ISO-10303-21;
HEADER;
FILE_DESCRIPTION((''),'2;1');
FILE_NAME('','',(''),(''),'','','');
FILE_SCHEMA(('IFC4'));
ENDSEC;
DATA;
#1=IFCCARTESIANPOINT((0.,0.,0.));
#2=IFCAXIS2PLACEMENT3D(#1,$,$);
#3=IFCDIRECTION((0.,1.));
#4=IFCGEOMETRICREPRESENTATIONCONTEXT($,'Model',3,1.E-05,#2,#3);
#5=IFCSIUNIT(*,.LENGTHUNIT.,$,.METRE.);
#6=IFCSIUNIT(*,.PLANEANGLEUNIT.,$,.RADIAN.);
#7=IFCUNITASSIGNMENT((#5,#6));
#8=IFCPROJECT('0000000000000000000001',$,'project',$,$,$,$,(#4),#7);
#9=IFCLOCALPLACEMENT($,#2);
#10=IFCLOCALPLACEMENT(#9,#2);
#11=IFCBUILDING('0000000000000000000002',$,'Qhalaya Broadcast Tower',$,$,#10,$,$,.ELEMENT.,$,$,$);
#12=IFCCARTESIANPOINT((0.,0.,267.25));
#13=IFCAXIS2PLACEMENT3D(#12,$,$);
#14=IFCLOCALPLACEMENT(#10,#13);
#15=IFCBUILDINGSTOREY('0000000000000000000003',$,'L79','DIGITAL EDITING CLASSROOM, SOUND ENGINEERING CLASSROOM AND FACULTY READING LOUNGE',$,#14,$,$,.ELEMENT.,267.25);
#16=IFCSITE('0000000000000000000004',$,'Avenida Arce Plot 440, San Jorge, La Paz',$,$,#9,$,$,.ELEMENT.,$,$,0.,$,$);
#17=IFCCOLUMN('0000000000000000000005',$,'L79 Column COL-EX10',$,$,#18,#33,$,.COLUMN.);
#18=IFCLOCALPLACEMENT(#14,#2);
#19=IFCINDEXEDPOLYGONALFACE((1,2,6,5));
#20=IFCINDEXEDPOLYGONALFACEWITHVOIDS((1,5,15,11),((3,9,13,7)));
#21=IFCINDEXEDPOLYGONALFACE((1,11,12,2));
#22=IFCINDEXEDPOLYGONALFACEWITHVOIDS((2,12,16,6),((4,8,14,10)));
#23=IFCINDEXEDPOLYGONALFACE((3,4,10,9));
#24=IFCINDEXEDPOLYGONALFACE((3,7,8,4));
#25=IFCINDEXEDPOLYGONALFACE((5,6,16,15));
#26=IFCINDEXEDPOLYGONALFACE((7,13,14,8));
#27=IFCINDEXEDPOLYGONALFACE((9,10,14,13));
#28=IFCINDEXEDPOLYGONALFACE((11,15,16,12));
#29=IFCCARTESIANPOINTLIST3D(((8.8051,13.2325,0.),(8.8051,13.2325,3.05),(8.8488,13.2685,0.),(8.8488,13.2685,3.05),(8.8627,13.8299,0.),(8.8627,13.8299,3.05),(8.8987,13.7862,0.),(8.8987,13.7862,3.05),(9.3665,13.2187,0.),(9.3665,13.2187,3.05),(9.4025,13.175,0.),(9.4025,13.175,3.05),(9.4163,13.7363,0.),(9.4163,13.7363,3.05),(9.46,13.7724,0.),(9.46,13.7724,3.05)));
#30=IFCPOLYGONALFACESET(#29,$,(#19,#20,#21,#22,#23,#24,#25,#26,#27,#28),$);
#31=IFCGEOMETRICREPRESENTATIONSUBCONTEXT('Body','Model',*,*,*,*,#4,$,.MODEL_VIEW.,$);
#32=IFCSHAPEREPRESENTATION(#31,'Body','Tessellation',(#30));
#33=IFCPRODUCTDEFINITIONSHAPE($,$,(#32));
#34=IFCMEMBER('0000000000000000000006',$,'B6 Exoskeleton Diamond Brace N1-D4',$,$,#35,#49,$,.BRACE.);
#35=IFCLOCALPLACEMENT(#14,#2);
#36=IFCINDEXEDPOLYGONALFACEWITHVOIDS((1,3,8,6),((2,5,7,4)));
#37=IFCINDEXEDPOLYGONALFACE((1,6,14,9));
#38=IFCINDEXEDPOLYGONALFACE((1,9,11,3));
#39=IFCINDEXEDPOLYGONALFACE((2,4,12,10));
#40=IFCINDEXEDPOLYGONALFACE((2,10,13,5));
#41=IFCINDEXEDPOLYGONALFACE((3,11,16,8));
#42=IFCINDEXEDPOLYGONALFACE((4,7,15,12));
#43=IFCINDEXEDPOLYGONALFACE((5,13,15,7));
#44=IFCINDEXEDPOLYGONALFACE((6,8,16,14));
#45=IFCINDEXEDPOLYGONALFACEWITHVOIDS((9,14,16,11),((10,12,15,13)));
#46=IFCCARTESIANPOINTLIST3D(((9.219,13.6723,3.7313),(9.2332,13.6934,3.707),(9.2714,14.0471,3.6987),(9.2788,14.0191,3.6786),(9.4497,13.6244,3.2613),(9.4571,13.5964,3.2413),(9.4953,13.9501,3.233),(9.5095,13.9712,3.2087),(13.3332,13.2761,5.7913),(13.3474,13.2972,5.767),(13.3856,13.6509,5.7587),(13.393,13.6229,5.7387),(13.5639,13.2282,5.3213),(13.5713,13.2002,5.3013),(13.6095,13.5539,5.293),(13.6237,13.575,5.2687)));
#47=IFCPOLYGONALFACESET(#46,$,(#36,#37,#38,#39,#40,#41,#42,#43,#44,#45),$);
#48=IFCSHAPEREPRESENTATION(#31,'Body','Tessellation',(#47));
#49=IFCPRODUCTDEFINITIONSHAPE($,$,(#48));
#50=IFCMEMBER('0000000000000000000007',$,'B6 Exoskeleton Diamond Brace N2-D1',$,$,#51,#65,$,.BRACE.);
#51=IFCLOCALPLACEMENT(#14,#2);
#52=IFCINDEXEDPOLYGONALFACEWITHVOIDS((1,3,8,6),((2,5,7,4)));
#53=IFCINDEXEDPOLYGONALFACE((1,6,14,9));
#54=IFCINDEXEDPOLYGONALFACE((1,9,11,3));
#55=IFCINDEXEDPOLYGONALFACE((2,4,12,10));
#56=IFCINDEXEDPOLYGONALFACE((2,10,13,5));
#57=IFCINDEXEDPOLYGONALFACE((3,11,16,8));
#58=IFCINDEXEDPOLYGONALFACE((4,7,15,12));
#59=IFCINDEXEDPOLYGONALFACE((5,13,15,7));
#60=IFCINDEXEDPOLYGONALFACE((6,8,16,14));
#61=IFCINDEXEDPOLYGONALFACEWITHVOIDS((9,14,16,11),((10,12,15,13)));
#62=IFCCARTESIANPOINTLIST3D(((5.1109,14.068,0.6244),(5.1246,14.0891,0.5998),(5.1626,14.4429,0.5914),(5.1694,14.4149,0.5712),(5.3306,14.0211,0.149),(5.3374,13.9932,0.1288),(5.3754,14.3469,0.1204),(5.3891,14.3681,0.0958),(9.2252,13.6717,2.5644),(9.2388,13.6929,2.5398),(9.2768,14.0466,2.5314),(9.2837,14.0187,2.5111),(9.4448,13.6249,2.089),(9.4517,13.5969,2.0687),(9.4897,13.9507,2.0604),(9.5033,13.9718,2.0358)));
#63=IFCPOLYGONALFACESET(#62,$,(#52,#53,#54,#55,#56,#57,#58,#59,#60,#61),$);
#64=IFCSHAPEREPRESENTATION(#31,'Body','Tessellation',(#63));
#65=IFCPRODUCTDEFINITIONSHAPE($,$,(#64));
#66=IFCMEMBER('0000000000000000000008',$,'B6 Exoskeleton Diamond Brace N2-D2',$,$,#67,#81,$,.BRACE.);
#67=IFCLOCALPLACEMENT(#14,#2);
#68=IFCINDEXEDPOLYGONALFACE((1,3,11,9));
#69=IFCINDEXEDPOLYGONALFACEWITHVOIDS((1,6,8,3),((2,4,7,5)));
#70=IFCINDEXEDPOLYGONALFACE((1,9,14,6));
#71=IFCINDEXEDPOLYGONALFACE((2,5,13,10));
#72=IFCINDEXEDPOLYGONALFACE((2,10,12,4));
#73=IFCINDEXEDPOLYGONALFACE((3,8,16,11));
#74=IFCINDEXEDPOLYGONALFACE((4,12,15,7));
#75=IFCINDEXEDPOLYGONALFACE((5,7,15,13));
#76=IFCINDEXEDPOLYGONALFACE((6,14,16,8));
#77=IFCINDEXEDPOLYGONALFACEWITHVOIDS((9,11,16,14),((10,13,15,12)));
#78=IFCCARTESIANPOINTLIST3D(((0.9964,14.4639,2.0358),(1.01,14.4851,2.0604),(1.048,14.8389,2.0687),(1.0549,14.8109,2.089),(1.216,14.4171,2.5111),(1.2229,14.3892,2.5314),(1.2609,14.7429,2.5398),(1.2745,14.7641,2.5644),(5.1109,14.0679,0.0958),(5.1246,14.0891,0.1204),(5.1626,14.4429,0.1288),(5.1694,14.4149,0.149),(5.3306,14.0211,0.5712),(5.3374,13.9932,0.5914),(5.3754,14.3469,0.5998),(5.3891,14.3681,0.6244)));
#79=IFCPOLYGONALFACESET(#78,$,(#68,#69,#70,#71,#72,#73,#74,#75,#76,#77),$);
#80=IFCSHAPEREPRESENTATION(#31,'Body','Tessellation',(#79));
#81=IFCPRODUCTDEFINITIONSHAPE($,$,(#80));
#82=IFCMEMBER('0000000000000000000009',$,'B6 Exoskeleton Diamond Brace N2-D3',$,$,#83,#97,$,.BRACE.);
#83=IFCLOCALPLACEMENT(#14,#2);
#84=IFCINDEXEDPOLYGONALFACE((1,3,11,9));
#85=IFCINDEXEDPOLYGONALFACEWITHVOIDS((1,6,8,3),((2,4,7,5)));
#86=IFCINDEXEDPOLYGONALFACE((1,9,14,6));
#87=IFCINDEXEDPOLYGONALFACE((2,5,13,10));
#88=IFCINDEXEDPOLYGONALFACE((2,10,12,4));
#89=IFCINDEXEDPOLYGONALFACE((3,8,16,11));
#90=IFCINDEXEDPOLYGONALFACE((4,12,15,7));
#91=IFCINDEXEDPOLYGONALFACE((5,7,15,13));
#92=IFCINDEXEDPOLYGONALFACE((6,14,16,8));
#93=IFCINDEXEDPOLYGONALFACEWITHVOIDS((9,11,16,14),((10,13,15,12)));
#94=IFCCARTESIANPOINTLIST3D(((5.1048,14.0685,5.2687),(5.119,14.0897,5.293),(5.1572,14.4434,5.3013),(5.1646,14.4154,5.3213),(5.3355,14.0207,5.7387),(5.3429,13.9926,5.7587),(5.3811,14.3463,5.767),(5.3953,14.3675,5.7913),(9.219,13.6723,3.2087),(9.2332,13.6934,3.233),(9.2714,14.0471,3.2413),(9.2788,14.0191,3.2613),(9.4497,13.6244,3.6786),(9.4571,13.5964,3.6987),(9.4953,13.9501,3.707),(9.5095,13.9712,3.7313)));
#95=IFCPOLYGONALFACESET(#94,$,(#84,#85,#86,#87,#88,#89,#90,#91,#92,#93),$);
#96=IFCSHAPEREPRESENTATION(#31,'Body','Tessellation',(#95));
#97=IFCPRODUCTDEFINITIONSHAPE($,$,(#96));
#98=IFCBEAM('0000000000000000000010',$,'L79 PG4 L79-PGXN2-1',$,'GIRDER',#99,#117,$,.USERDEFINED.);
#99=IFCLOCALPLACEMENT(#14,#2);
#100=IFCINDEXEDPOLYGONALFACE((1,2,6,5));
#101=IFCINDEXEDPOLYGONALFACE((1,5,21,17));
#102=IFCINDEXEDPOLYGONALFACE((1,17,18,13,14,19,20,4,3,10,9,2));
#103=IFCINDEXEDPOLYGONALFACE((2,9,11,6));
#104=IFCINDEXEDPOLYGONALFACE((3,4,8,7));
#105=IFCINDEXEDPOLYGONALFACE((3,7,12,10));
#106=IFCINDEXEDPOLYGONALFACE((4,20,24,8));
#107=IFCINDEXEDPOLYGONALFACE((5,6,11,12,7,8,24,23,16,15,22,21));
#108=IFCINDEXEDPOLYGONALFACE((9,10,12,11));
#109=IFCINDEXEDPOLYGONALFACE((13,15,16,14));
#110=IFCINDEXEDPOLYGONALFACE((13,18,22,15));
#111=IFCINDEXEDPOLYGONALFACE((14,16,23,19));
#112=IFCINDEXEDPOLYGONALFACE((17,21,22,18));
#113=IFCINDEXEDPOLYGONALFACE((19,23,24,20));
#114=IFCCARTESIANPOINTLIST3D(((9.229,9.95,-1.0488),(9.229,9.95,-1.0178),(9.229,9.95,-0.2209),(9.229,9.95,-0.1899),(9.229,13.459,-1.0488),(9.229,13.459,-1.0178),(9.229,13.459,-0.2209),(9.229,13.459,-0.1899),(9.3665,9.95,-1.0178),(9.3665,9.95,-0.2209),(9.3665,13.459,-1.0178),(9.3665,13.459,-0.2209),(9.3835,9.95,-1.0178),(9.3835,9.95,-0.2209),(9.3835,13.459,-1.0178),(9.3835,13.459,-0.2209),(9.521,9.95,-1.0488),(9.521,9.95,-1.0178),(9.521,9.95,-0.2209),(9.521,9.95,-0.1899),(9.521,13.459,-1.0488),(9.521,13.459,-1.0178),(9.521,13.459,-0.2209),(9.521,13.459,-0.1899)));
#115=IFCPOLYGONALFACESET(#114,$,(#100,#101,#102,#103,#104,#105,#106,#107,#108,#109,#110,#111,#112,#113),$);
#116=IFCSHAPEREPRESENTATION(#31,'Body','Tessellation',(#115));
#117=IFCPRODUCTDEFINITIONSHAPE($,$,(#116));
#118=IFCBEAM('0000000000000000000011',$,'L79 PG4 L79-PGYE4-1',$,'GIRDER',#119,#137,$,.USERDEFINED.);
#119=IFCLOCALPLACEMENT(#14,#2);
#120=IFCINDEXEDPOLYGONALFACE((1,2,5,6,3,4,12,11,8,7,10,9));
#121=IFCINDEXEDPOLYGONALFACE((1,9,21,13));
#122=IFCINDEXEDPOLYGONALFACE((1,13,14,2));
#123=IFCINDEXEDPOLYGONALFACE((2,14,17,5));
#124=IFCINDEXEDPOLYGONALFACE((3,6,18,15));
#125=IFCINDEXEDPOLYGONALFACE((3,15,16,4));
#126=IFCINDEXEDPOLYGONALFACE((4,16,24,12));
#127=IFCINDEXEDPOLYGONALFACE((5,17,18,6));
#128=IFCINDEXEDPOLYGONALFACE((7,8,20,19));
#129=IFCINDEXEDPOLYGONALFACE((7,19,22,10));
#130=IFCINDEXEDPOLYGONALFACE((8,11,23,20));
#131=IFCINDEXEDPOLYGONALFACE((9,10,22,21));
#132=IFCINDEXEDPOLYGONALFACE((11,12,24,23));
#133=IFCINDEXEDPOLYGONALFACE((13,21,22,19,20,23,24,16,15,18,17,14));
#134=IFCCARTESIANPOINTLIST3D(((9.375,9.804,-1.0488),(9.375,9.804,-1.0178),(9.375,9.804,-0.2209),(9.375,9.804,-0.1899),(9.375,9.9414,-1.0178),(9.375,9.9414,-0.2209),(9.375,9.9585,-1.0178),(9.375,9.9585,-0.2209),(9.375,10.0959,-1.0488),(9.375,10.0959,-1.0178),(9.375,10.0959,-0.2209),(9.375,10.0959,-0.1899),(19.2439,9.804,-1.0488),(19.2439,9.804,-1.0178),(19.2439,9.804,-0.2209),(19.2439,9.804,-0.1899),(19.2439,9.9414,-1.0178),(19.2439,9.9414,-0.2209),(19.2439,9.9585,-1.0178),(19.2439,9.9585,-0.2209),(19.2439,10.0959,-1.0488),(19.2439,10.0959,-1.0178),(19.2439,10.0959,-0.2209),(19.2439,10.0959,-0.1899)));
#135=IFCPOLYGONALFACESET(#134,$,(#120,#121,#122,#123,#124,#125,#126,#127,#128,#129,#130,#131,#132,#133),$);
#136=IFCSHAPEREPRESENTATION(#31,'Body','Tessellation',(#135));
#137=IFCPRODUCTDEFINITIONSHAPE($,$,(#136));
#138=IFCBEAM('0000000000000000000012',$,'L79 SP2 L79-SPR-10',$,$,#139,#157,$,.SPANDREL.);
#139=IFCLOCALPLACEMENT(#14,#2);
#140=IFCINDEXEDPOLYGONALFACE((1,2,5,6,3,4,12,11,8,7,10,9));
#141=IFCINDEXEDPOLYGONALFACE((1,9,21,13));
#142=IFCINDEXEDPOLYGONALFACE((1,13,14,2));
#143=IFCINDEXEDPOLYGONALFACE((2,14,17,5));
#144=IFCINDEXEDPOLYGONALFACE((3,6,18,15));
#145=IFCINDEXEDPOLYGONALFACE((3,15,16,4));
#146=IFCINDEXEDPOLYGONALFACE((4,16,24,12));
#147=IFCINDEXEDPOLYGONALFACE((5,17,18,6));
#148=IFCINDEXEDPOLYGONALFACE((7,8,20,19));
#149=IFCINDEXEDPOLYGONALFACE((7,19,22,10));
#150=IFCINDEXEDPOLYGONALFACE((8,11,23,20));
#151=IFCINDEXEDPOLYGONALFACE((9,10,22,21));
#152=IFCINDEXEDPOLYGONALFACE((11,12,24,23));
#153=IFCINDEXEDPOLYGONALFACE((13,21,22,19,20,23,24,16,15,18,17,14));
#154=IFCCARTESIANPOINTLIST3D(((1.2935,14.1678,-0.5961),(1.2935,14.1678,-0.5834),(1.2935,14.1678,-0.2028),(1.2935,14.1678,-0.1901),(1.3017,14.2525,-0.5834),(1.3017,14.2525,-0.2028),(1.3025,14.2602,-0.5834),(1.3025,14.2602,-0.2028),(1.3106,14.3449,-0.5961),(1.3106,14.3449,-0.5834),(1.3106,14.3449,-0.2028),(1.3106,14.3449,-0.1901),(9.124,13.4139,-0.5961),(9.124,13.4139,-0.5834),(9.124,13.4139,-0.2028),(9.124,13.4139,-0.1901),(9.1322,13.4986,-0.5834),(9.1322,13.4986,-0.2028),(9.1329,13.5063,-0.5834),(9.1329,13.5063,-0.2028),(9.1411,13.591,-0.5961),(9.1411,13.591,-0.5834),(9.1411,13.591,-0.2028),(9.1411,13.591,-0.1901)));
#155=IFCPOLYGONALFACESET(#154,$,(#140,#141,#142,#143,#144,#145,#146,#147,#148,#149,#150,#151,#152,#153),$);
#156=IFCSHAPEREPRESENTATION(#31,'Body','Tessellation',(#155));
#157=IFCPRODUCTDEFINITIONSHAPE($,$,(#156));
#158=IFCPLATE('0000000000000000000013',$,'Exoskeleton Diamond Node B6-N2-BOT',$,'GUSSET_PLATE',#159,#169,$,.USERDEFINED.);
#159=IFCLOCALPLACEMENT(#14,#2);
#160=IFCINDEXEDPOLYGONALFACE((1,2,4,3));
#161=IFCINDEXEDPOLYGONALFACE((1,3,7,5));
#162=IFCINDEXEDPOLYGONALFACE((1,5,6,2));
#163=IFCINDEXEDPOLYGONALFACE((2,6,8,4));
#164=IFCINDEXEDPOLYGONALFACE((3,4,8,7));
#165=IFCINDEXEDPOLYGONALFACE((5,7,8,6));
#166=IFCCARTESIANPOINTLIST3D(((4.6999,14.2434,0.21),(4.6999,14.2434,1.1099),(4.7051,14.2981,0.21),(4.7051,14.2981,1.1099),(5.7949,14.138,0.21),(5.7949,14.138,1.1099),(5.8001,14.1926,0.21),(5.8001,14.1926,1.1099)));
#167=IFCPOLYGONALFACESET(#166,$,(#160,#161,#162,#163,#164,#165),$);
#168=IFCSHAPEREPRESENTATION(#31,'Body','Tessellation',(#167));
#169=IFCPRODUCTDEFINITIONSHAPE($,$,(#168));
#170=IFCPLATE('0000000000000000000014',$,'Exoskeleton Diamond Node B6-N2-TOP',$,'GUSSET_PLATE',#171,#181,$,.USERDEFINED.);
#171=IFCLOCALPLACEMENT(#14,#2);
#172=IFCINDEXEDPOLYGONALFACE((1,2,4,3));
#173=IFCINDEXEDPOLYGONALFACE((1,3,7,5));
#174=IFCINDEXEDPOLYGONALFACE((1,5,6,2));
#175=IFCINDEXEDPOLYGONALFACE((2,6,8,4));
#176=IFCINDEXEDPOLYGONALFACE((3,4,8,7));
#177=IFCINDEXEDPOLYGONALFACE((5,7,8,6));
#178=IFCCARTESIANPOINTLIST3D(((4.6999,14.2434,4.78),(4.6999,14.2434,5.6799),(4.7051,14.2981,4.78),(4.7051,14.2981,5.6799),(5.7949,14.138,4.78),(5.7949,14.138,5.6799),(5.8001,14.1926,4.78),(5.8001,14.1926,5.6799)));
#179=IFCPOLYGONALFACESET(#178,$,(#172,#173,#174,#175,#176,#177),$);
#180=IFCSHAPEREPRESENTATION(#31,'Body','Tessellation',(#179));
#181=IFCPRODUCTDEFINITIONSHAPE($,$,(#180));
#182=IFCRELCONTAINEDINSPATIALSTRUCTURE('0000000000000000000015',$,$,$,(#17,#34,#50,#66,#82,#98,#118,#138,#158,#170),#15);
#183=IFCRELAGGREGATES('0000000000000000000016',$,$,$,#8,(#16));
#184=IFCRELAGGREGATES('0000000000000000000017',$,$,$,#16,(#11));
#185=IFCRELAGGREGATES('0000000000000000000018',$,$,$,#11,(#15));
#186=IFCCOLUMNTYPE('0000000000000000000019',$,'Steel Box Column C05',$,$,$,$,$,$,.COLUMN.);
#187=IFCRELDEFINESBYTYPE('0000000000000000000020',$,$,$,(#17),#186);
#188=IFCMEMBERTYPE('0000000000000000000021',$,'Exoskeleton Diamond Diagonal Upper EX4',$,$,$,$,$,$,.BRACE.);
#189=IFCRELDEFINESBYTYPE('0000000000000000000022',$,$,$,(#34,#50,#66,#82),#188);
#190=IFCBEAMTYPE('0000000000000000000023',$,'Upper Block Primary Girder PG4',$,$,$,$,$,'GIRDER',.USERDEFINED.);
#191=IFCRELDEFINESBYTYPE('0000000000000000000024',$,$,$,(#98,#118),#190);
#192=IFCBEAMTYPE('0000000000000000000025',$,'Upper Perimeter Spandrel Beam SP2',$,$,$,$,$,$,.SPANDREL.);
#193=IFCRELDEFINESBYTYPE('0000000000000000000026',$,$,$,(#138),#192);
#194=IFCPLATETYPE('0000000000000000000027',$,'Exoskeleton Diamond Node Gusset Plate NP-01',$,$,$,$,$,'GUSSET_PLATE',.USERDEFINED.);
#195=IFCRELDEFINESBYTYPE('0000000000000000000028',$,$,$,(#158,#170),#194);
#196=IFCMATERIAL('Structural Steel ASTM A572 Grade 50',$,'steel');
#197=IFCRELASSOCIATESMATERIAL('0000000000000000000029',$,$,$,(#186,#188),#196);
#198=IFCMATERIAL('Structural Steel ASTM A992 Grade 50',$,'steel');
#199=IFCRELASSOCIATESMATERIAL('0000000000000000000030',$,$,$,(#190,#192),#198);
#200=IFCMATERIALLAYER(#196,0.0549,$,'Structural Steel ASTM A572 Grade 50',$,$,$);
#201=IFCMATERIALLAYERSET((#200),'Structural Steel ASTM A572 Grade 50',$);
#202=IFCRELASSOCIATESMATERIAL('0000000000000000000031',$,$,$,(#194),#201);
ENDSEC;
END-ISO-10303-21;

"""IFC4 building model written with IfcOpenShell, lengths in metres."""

from ifc_helpers import new_model, si_unit, direction, frame, origin, origin_2d, place, context, subcontext, project, spatial, rectangle, hollow_rectangle, i_section, extrude, material, layer, layer_set, material_profile, profile_set, type_object, element, save


model = new_model("IFC4")

# Units and contexts
model_context = context("Model", 3, precision=1e-05, world=origin(), true_north=direction((0.0, 1.0)))
body_context = subcontext(model_context, "Body", "Model", "MODEL_VIEW")
ifc_project = project(units=[si_unit("LENGTHUNIT", "METRE"), si_unit("PLANEANGLEUNIT", "RADIAN")], contexts=[model_context])

# Site, building, storey
site_placement = place(None, origin())
site = spatial("IfcSite", under=ifc_project, at=site_placement, Name="Avenida Arce Plot 440, San Jorge, La Paz", CompositionType="ELEMENT", RefElevation=0.0)
building_placement = place(site_placement, origin())
building = spatial("IfcBuilding", under=site, at=building_placement, Name="Qhalaya Broadcast Tower", CompositionType="ELEMENT")
storey_placement = place(building_placement, frame((0.0, 0.0, 267.25)))
storey = spatial("IfcBuildingStorey", under=building, at=storey_placement, Name="L79", Description="DIGITAL EDITING CLASSROOM, SOUND ENGINEERING CLASSROOM AND FACULTY READING LOUNGE", CompositionType="ELEMENT", Elevation=267.25)

# Column
ifc_material_1 = material(Name="Structural Steel ASTM A572 Grade 50", Category="steel")
ifc_material_profile_1 = material_profile(ifc_material_1, hollow_rectangle(XDim=0.6001, YDim=0.6001, WallThickness=0.04, at=origin_2d()), Name="BOX 600x600x40")
ifc_profile_set_1 = profile_set([ifc_material_profile_1], Name="Structural Steel ASTM A572 Grade 50")
column_type = type_object("IfcColumnType", Name="Steel Box Column C05", PredefinedType="COLUMN", material=ifc_profile_set_1)
column_placement = place(storey_placement, frame((9.1326, 13.5024, 0.0), z_axis=(0.0, 0.0, 1.0), x_axis=(0.995396, -0.095846, 0.0)))
element("IfcColumn", 1, at=column_placement, inside=storey, type_object=column_type, Name="L79 Column COL-EX10", PredefinedType="COLUMN", context=body_context, shape_type="SweptSolid", body=[
    extrude(hollow_rectangle(XDim=0.6001, YDim=0.6001, WallThickness=0.04, at=origin_2d()), origin(), (0.0, 0.0, 1.0), 3.05),
])

# Members
ifc_material_profile_2 = material_profile(ifc_material_1, hollow_rectangle(XDim=0.3799, YDim=0.55, WallThickness=0.0249, at=origin_2d()), Name="BOX 380x550x25")
ifc_profile_set_2 = profile_set([ifc_material_profile_2], Name="Structural Steel ASTM A572 Grade 50")
member_type = type_object("IfcMemberType", Name="Exoskeleton Diamond Diagonal Upper EX4", PredefinedType="BRACE", material=ifc_profile_set_2)
member_1_placement = place(storey_placement, frame((9.3643, 13.8218, 3.47), z_axis=(0.890875, -0.085799, 0.446072), x_axis=(0.137981, 0.986713, -0.085782)))
element("IfcMember", 2, at=member_1_placement, inside=storey, type_object=member_type, Name="B6 Exoskeleton Diamond Brace N1-D4", PredefinedType="BRACE", context=body_context, shape_type="SweptSolid", body=[
    extrude(hollow_rectangle(XDim=0.3799, YDim=0.55, WallThickness=0.0249, at=origin_2d()), origin(), (0.0, 0.0, 1.0), 4.6182),
])
member_2_placement = place(storey_placement, frame((5.25, 14.218, 0.3601), z_axis=(0.901082, -0.086782, 0.424875), x_axis=(0.135959, 0.986908, -0.086765)))
element("IfcMember", 3, at=member_2_placement, inside=storey, type_object=member_type, Name="B6 Exoskeleton Diamond Brace N2-D1", PredefinedType="BRACE", context=body_context, shape_type="SweptSolid", body=[
    extrude(hollow_rectangle(XDim=0.3799, YDim=0.55, WallThickness=0.0249, at=origin_2d()), origin(), (0.0, 0.0, 1.0), 4.5659),
])
member_3_placement = place(storey_placement, frame((5.25, 14.218, 0.3601), z_axis=(-0.901097, 0.086725, 0.424857), x_axis=(-0.135894, -0.986917, -0.086765)))
element("IfcMember", 4, at=member_3_placement, inside=storey, type_object=member_type, Name="B6 Exoskeleton Diamond Brace N2-D2", PredefinedType="BRACE", context=body_context, shape_type="SweptSolid", body=[
    extrude(hollow_rectangle(XDim=0.3799, YDim=0.55, WallThickness=0.0249, at=origin_2d()), origin(), (0.0, 0.0, 1.0), 4.5662),
])
member_4_placement = place(storey_placement, frame((9.3643, 13.8218, 3.47), z_axis=(-0.890875, 0.085799, 0.446072), x_axis=(-0.137981, -0.986713, -0.085782)))
element("IfcMember", 5, at=member_4_placement, inside=storey, type_object=member_type, Name="B6 Exoskeleton Diamond Brace N2-D3", PredefinedType="BRACE", context=body_context, shape_type="SweptSolid", body=[
    extrude(hollow_rectangle(XDim=0.3799, YDim=0.55, WallThickness=0.0249, at=origin_2d()), origin(), (0.0, 0.0, 1.0), 4.6182),
])

# Beams
ifc_material_2 = material(Name="Structural Steel ASTM A992 Grade 50", Category="steel")
ifc_material_profile_3 = material_profile(ifc_material_2, i_section(OverallWidth=0.292, OverallDepth=0.8589, WebThickness=0.0171, FlangeThickness=0.031, at=origin_2d()), Name="W33X169")
ifc_profile_set_3 = profile_set([ifc_material_profile_3], Name="Structural Steel ASTM A992 Grade 50")
beam_type_1 = type_object("IfcBeamType", Name="Upper Block Primary Girder PG4", ElementType="GIRDER", PredefinedType="USERDEFINED", material=ifc_profile_set_3)
beam_1_placement = place(storey_placement, frame((9.375, 9.95, -0.6194), z_axis=(0.0, 1.0, 0.0), x_axis=(-1.0, 0.0, 0.0)))
element("IfcBeam", 6, at=beam_1_placement, inside=storey, type_object=beam_type_1, Name="L79 PG4 L79-PGXN2-1", ObjectType="GIRDER", PredefinedType="USERDEFINED", context=body_context, shape_type="SweptSolid", body=[
    extrude(i_section(OverallWidth=0.292, OverallDepth=0.8589, WebThickness=0.0171, FlangeThickness=0.031, at=origin_2d()), origin(), (0.0, 0.0, 1.0), 3.509),
])
beam_2_placement = place(storey_placement, frame((9.375, 9.95, -0.6194), z_axis=(1.0, 0.0, 0.0), x_axis=(0.0, 1.0, 0.0)))
element("IfcBeam", 7, at=beam_2_placement, inside=storey, type_object=beam_type_1, Name="L79 PG4 L79-PGYE4-1", ObjectType="GIRDER", PredefinedType="USERDEFINED", context=body_context, shape_type="SweptSolid", body=[
    extrude(i_section(OverallWidth=0.292, OverallDepth=0.8589, WebThickness=0.0171, FlangeThickness=0.031, at=origin_2d()), origin(), (0.0, 0.0, 1.0), 9.8689),
])
ifc_material_profile_4 = material_profile(ifc_material_2, i_section(OverallWidth=0.178, OverallDepth=0.406, WebThickness=0.0078, FlangeThickness=0.0127, at=origin_2d()), Name="W16X40")
ifc_profile_set_4 = profile_set([ifc_material_profile_4], Name="Structural Steel ASTM A992 Grade 50")
beam_type_2 = type_object("IfcBeamType", Name="Upper Perimeter Spandrel Beam SP2", PredefinedType="SPANDREL", material=ifc_profile_set_4)
beam_3_placement = place(storey_placement, frame((9.1326, 13.5024, -0.3931), z_axis=(-0.995397, 0.095834, 0.0), x_axis=(-0.095834, -0.995397, 0.0)))
element("IfcBeam", 8, at=beam_3_placement, inside=storey, type_object=beam_type_2, Name="L79 SP2 L79-SPR-10", PredefinedType="SPANDREL", context=body_context, shape_type="SweptSolid", body=[
    extrude(i_section(OverallWidth=0.178, OverallDepth=0.406, WebThickness=0.0078, FlangeThickness=0.0127, at=origin_2d()), origin(), (0.0, 0.0, 1.0), 7.8667),
])

# Plates
ifc_layer_1 = layer(ifc_material_1, 0.0549, Name="Structural Steel ASTM A572 Grade 50")
ifc_layer_set_1 = layer_set([ifc_layer_1], Name="Structural Steel ASTM A572 Grade 50")
plate_type_1 = type_object("IfcPlateType", Name="Exoskeleton Diamond Node Gusset Plate NP-01", ElementType="GUSSET_PLATE", PredefinedType="USERDEFINED", material=ifc_layer_set_1)
for number, where, z_axis, x_axis, name in (
    (9, (5.25, 14.218, 0.21), (0.0, 0.0, 1.0), (0.995396, -0.095846, 0.0), "Exoskeleton Diamond Node B6-N2-BOT"),
    (10, (5.25, 14.218, 4.78), (0.0, 0.0, 1.0), (0.995396, -0.095846, 0.0), "Exoskeleton Diamond Node B6-N2-TOP"),
):
    element("IfcPlate", number, at=place(storey_placement, frame(where, z_axis=z_axis, x_axis=x_axis)), inside=storey, type_object=plate_type_1, Name=name, ObjectType="GUSSET_PLATE", PredefinedType="USERDEFINED", context=body_context, shape_type="SweptSolid", body=[
        extrude(rectangle(XDim=1.1001, YDim=0.0549, at=origin_2d()), origin(), (0.0, 0.0, 1.0), 0.8999),
    ])

save(model, "model.ifc")
